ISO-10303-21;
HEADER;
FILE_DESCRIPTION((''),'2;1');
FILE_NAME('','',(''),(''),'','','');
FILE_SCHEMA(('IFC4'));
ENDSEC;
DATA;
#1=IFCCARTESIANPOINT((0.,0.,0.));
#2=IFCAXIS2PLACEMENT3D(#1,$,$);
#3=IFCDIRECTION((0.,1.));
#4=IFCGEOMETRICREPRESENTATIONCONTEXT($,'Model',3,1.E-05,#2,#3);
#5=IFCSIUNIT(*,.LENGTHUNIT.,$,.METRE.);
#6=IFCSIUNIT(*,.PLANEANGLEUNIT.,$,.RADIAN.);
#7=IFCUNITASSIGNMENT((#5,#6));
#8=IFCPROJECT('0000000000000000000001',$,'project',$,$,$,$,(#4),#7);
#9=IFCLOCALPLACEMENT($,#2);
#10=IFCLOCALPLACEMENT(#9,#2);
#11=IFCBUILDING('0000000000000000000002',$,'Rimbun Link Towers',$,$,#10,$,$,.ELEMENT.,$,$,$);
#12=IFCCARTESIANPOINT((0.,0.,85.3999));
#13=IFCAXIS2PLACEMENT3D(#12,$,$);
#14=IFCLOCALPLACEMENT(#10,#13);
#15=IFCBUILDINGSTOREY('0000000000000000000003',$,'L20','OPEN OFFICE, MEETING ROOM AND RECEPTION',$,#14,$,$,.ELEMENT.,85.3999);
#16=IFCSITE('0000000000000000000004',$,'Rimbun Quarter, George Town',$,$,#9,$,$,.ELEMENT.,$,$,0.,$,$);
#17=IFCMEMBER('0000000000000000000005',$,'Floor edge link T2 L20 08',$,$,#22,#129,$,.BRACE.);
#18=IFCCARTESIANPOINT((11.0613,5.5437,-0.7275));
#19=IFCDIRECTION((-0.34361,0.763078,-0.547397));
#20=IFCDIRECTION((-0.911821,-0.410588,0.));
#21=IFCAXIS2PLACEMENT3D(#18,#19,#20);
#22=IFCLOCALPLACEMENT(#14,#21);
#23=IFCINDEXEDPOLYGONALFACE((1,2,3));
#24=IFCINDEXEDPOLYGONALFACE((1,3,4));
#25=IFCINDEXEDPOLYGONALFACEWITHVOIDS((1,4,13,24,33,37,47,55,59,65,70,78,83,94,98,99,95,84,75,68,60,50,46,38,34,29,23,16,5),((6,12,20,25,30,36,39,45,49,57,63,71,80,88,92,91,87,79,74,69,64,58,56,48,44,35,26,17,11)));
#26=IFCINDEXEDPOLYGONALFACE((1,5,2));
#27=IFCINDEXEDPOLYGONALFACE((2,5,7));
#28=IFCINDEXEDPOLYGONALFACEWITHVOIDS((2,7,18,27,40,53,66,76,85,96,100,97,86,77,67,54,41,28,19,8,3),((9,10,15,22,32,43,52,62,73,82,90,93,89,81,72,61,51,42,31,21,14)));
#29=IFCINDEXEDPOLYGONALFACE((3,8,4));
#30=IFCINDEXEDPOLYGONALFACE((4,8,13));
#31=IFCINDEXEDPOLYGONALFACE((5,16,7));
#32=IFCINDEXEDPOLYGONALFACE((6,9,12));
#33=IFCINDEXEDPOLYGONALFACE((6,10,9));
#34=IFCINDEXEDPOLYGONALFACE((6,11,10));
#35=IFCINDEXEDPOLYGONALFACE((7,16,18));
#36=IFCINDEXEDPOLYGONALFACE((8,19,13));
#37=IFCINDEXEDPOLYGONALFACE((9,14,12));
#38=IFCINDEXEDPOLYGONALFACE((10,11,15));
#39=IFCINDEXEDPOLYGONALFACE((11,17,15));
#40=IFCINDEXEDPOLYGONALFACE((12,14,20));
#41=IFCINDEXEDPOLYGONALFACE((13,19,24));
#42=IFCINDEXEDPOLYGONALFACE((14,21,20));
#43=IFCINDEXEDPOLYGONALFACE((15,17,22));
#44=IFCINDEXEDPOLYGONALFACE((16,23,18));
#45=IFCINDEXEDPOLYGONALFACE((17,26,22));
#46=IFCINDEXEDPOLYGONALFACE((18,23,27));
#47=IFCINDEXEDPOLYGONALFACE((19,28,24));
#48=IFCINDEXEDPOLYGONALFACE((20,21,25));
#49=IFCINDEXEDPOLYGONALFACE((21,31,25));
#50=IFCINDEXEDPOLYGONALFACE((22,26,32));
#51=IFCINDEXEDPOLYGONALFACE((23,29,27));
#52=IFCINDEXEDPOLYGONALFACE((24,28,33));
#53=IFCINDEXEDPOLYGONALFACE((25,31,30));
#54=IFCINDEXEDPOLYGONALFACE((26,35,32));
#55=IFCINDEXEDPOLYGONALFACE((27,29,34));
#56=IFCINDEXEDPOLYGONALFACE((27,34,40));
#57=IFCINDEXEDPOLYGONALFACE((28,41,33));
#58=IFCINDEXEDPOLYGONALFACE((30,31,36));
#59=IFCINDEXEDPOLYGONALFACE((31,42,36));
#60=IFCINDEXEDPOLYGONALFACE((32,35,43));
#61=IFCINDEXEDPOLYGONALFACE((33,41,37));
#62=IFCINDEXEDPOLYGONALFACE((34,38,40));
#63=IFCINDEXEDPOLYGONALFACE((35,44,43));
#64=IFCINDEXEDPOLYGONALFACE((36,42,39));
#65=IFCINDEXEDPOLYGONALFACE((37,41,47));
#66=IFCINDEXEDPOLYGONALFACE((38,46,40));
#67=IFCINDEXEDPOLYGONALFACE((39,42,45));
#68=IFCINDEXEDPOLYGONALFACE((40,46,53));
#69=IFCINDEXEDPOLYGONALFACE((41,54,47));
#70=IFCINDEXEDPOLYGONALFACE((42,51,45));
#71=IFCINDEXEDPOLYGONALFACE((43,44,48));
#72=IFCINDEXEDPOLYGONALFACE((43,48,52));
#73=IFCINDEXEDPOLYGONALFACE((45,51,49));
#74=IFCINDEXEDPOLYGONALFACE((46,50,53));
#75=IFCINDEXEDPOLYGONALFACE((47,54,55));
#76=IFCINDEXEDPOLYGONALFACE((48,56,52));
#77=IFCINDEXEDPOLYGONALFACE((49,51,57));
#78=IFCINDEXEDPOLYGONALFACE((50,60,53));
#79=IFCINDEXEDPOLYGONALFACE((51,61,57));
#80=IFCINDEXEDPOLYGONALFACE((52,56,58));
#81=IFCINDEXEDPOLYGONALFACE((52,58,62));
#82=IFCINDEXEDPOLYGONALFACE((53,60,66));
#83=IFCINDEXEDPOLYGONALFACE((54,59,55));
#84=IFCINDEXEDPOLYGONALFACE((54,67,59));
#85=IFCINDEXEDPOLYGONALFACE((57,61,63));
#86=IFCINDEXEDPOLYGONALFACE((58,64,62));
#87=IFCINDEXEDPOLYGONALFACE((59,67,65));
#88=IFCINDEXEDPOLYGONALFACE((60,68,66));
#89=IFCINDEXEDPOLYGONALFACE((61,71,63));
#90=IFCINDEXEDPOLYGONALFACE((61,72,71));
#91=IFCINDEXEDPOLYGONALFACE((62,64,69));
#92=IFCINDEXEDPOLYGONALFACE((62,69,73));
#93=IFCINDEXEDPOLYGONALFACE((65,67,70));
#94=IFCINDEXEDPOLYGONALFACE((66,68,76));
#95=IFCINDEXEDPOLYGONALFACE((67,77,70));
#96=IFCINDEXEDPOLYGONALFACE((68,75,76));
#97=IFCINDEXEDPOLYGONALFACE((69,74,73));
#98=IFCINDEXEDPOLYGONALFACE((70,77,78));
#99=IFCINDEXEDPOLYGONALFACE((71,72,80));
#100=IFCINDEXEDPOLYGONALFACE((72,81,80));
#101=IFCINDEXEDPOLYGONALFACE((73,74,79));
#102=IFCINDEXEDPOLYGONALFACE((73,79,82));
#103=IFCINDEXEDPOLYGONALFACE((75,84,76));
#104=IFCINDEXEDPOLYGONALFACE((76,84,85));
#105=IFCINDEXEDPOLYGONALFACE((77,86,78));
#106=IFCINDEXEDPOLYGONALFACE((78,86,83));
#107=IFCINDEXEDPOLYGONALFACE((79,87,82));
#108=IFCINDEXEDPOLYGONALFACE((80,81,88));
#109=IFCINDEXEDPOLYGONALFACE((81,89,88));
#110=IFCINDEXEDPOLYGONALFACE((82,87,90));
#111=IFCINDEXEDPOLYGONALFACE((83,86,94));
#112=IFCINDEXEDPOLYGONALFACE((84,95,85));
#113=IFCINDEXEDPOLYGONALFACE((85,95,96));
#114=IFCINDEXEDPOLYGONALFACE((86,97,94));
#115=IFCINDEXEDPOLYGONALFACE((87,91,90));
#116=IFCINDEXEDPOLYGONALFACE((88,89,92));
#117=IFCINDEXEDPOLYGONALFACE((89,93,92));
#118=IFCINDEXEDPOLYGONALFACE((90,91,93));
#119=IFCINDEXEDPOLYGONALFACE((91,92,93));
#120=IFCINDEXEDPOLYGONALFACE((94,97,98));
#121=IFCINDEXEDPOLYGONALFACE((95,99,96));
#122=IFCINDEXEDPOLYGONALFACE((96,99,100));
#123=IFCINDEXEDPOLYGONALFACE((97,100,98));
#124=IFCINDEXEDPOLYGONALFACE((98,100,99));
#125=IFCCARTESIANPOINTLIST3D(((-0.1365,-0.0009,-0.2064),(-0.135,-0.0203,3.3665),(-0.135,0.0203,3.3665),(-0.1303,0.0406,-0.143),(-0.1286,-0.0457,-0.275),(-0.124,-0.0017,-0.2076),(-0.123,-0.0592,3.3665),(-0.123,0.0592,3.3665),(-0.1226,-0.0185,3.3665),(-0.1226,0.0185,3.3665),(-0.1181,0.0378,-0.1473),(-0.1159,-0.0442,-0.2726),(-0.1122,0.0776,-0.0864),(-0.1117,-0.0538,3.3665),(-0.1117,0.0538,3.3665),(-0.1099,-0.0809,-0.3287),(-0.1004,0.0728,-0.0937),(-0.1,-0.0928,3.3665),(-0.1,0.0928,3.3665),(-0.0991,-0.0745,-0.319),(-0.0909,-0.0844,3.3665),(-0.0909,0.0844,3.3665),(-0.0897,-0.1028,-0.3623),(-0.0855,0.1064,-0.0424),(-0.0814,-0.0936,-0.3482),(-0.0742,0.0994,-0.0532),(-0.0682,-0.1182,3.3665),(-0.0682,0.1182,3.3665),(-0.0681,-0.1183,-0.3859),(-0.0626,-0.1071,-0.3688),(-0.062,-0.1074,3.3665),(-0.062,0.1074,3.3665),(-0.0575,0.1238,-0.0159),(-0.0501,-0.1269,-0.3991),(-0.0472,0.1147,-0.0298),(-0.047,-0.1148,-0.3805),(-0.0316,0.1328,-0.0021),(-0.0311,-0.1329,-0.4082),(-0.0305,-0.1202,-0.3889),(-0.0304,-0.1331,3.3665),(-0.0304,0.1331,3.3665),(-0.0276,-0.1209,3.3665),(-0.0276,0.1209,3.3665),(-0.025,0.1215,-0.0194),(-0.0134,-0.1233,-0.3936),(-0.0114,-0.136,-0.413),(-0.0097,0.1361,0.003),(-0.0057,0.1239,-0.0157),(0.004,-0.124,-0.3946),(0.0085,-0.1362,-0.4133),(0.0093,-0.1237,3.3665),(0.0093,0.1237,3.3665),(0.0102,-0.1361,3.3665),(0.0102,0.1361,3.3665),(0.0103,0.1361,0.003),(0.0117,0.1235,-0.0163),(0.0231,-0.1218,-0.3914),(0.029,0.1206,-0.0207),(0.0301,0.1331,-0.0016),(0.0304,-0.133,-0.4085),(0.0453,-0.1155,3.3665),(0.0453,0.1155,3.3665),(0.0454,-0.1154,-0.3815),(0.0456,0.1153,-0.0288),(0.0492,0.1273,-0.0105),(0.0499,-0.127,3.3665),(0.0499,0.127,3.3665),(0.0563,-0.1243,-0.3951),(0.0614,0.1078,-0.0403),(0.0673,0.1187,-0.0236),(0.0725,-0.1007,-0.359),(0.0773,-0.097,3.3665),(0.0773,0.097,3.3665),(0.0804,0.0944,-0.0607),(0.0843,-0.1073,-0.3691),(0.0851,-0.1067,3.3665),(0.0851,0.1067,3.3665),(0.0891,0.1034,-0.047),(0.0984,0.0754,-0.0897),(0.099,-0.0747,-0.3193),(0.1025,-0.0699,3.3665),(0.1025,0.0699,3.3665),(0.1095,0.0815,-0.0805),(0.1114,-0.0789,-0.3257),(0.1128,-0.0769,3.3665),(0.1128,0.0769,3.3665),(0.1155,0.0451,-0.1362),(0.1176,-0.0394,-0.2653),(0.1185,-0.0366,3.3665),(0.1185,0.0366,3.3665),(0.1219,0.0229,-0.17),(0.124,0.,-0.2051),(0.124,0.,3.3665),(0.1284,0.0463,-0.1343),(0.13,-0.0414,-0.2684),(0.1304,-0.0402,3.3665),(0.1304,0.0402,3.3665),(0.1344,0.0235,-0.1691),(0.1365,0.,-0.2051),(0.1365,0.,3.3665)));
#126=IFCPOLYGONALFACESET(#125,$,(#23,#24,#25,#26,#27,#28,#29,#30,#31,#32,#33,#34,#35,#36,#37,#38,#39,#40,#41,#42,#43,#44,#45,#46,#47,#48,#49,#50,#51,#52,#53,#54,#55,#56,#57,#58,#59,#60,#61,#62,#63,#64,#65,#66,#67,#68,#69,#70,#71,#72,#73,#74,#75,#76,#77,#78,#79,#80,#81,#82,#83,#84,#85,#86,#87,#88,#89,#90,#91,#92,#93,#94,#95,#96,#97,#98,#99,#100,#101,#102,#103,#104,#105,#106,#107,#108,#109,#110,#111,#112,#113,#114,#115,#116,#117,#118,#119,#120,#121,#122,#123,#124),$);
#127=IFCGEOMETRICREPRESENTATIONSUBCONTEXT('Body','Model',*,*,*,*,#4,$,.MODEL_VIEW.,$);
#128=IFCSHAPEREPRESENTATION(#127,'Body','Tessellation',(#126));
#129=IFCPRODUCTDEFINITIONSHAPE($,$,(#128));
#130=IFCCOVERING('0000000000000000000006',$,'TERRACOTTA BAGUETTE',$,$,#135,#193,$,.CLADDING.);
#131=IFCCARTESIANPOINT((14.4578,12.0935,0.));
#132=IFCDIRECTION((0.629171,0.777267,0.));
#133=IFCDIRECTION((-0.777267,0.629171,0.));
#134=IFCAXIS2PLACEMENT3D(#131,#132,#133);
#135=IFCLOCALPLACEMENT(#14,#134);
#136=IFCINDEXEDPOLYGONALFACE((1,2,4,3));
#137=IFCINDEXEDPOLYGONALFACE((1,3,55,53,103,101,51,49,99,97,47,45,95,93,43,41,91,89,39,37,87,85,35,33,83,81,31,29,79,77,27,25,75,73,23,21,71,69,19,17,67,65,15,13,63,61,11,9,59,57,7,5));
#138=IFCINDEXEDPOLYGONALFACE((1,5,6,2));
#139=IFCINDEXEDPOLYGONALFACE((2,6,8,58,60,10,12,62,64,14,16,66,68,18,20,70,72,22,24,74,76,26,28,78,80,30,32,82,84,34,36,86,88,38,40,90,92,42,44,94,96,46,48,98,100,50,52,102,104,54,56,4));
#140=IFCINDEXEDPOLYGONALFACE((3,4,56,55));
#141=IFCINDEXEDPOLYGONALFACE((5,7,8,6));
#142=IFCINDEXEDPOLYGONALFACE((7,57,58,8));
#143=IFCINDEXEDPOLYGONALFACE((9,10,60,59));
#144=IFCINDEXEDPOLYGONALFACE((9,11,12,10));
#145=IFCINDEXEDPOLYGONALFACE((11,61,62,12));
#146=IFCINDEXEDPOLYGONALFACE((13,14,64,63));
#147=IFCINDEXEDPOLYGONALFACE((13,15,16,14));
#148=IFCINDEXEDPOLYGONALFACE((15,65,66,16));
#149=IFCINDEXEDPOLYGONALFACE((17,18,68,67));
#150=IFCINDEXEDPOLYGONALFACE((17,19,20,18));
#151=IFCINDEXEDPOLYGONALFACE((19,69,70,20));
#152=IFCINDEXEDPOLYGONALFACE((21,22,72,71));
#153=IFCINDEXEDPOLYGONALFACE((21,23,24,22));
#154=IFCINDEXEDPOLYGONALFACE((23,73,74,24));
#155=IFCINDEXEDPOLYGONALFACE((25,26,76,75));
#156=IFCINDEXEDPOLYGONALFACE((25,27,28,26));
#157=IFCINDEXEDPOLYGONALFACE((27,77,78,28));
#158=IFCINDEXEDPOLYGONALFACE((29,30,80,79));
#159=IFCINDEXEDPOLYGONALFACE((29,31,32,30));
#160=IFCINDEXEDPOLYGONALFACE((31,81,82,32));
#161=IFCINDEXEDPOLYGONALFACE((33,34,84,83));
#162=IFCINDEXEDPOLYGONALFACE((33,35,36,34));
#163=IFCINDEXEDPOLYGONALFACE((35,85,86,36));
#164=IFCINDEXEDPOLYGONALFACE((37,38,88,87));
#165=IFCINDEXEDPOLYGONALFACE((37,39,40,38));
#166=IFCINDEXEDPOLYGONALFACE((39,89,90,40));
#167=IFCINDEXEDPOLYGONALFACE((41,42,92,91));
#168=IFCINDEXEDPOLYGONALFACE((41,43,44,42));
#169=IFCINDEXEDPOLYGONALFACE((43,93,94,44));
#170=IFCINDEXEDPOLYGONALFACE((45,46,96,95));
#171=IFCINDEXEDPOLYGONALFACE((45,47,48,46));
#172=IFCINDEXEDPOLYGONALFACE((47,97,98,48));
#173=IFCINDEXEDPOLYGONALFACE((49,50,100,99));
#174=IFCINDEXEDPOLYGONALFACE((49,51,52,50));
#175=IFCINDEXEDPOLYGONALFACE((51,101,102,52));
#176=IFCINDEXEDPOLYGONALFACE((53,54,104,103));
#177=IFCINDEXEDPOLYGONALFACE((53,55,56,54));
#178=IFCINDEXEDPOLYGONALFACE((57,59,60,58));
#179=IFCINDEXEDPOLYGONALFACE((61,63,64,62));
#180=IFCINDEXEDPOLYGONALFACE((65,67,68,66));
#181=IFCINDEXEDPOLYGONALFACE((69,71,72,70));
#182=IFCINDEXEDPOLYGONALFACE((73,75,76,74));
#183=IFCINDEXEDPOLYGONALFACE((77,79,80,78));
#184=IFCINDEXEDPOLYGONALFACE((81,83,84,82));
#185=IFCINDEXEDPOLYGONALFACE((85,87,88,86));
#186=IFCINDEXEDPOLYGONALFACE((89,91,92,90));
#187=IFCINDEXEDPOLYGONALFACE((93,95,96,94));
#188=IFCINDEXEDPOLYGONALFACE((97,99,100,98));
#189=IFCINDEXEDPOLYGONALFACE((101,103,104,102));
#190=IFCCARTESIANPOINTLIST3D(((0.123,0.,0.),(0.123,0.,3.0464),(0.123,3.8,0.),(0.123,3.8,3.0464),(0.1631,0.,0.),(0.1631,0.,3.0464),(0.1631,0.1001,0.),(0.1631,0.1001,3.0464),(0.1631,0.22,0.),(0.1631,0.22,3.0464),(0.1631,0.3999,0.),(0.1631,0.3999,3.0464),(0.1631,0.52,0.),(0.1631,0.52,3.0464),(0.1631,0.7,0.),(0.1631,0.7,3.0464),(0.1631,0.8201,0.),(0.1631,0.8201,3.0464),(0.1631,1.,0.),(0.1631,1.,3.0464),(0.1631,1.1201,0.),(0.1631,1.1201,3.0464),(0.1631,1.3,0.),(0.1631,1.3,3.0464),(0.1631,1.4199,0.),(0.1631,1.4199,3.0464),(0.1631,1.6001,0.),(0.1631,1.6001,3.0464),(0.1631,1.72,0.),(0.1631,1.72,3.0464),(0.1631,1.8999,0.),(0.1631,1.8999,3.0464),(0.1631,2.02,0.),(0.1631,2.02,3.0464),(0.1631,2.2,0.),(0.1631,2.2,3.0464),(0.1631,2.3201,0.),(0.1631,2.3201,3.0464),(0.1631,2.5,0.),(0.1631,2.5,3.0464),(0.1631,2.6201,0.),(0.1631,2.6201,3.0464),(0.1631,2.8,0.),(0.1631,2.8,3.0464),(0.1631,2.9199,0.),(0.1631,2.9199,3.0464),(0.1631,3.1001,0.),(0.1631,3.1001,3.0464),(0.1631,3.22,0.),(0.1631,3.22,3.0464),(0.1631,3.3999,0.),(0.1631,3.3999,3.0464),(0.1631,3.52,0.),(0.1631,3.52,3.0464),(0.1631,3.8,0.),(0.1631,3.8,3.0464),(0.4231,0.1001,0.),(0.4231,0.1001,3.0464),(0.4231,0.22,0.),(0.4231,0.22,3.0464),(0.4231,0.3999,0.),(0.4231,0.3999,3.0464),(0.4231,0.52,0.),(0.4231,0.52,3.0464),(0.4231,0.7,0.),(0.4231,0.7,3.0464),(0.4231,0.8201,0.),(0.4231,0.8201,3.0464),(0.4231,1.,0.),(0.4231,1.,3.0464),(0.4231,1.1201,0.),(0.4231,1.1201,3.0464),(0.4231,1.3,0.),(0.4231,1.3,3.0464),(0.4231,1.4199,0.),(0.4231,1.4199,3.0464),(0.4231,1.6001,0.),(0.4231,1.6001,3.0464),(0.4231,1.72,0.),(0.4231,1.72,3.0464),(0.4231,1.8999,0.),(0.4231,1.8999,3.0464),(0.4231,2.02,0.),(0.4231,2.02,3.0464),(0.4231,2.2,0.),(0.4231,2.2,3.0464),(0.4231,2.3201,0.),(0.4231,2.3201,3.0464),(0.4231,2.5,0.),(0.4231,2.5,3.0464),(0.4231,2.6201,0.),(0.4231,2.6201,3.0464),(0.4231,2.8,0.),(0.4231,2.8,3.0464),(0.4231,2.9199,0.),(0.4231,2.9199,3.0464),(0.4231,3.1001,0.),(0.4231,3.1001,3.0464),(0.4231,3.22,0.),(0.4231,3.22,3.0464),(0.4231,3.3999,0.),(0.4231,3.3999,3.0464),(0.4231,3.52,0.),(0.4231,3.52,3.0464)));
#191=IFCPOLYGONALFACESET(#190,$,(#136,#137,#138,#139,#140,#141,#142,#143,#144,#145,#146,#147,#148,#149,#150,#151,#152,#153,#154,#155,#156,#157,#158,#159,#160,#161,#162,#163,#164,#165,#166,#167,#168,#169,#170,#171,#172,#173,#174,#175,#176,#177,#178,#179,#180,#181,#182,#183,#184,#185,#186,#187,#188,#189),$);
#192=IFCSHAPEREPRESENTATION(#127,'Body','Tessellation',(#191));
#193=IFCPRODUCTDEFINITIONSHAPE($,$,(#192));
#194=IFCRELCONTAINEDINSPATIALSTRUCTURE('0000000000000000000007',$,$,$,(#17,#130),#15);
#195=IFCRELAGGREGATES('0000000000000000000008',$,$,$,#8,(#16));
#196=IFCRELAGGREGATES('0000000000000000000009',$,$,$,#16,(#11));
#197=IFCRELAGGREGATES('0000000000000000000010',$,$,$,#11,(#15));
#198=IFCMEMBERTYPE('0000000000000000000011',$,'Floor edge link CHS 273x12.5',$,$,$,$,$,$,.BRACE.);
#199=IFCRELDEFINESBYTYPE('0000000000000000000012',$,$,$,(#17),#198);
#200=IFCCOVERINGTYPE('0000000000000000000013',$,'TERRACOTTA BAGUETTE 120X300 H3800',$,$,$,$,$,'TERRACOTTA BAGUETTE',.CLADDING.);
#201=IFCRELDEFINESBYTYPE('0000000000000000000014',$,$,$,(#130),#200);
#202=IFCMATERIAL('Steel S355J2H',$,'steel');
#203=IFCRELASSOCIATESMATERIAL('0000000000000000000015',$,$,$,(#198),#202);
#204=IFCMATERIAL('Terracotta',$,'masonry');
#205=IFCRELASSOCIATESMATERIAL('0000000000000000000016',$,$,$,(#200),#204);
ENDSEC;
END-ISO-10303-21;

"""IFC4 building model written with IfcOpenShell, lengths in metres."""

from ifc_helpers import new_model, si_unit, direction, frame, origin, origin_2d, place, context, subcontext, project, spatial, polyline, hollow_circle, outline, extrude, clip, halfspace, material, material_profile, profile_set, type_object, element, save


model = new_model("IFC4")

# Units and contexts
model_context = context("Model", 3, precision=1e-05, world=origin(), true_north=direction((0.0, 1.0)))
body_context = subcontext(model_context, "Body", "Model", "MODEL_VIEW")
ifc_project = project(units=[si_unit("LENGTHUNIT", "METRE"), si_unit("PLANEANGLEUNIT", "RADIAN")], contexts=[model_context])

# Site, building, storey
site_placement = place(None, origin())
site = spatial("IfcSite", under=ifc_project, at=site_placement, Name="Rimbun Quarter, George Town", CompositionType="ELEMENT", RefElevation=0.0)
building_placement = place(site_placement, origin())
building = spatial("IfcBuilding", under=site, at=building_placement, Name="Rimbun Link Towers", CompositionType="ELEMENT")
storey_placement = place(building_placement, frame((0.0, 0.0, 85.3999)))
storey = spatial("IfcBuildingStorey", under=building, at=storey_placement, Name="L20", Description="OPEN OFFICE, MEETING ROOM AND RECEPTION", CompositionType="ELEMENT", Elevation=85.3999)

# Member
ifc_material_1 = material(Name="Steel S355J2H", Category="steel")
ifc_material_profile_1 = material_profile(ifc_material_1, hollow_circle(Radius=0.1365, WallThickness=0.0125, at=origin_2d()), Name="CHS 273x12.5")
ifc_profile_set_1 = profile_set([ifc_material_profile_1], Name="Steel S355J2H")
member_type_1 = type_object("IfcMemberType", Name="Floor edge link CHS 273x12.5", PredefinedType="BRACE", material=ifc_profile_set_1)
member_1_placement = place(storey_placement, frame((11.0613, 5.5437, -0.7275), z_axis=(-0.34361, 0.763078, -0.547397), x_axis=(-0.911821, -0.410588, 0.0)))
element("IfcMember", 1, at=member_1_placement, inside=storey, type_object=member_type_1, Name="Floor edge link T2 L20 08", PredefinedType="BRACE", context=body_context, shape_type="Clipping", body=[
    clip(extrude(hollow_circle(Radius=0.1365, WallThickness=0.0125, at=origin_2d()), frame((0.0, 0.0, -0.4358)), (0.0, 0.0, 1.0), 3.8022), halfspace(frame((0.0, 0.0, -0.2051), z_axis=(0.0, 0.836873, -0.547397)), False)),
])

# Covering
ifc_material_2 = material(Name="Terracotta", Category="masonry")
ifc_material_profile_2 = material_profile(ifc_material_2, outline(polyline([(0.123, 0.0), (0.1631, 0.0), (0.1631, 0.1001), (0.4231, 0.1001), (0.4231, 0.22), (0.1631, 0.22), (0.1631, 0.3999), (0.4231, 0.3999), (0.4231, 0.52), (0.1631, 0.52), (0.1631, 0.7), (0.4231, 0.7), (0.4231, 0.8201), (0.1631, 0.8201), (0.1631, 1.0), (0.4231, 1.0), (0.4231, 1.1201), (0.1631, 1.1201), (0.1631, 1.3), (0.4231, 1.3), (0.4231, 1.4199), (0.1631, 1.4199), (0.1631, 1.6001), (0.4231, 1.6001), (0.4231, 1.72), (0.1631, 1.72), (0.1631, 1.8999), (0.4231, 1.8999), (0.4231, 2.02), (0.1631, 2.02), (0.1631, 2.2), (0.4231, 2.2), (0.4231, 2.3201), (0.1631, 2.3201), (0.1631, 2.5), (0.4231, 2.5), (0.4231, 2.6201), (0.1631, 2.6201), (0.1631, 2.8), (0.4231, 2.8), (0.4231, 2.9199), (0.1631, 2.9199), (0.1631, 3.1001), (0.4231, 3.1001), (0.4231, 3.22), (0.1631, 3.22), (0.1631, 3.3999), (0.4231, 3.3999), (0.4231, 3.52), (0.1631, 3.52), (0.1631, 3.8), (0.123, 3.8), (0.123, 0.0)])), Name="BAGUETTE 120X300")
ifc_profile_set_2 = profile_set([ifc_material_profile_2], Name="Terracotta")
covering_type_1 = type_object("IfcCoveringType", Name="TERRACOTTA BAGUETTE 120X300 H3800", ElementType="TERRACOTTA BAGUETTE", PredefinedType="CLADDING", material=ifc_profile_set_2)
covering_1_placement = place(storey_placement, frame((14.4578, 12.0935, 0.0), z_axis=(0.629171, 0.777267, 0.0), x_axis=(-0.777267, 0.629171, 0.0)))
element("IfcCovering", 2, at=covering_1_placement, inside=storey, type_object=covering_type_1, Name="TERRACOTTA BAGUETTE", PredefinedType="CLADDING", context=body_context, shape_type="SweptSolid", body=[
    extrude(outline(polyline([(0.123, 0.0), (0.1631, 0.0), (0.1631, 0.1001), (0.4231, 0.1001), (0.4231, 0.22), (0.1631, 0.22), (0.1631, 0.3999), (0.4231, 0.3999), (0.4231, 0.52), (0.1631, 0.52), (0.1631, 0.7), (0.4231, 0.7), (0.4231, 0.8201), (0.1631, 0.8201), (0.1631, 1.0), (0.4231, 1.0), (0.4231, 1.1201), (0.1631, 1.1201), (0.1631, 1.3), (0.4231, 1.3), (0.4231, 1.4199), (0.1631, 1.4199), (0.1631, 1.6001), (0.4231, 1.6001), (0.4231, 1.72), (0.1631, 1.72), (0.1631, 1.8999), (0.4231, 1.8999), (0.4231, 2.02), (0.1631, 2.02), (0.1631, 2.2), (0.4231, 2.2), (0.4231, 2.3201), (0.1631, 2.3201), (0.1631, 2.5), (0.4231, 2.5), (0.4231, 2.6201), (0.1631, 2.6201), (0.1631, 2.8), (0.4231, 2.8), (0.4231, 2.9199), (0.1631, 2.9199), (0.1631, 3.1001), (0.4231, 3.1001), (0.4231, 3.22), (0.1631, 3.22), (0.1631, 3.3999), (0.4231, 3.3999), (0.4231, 3.52), (0.1631, 3.52), (0.1631, 3.8), (0.123, 3.8), (0.123, 0.0)])), origin(), (0.0, 0.0, 1.0), 3.0464),
])

save(model, "model.ifc")
